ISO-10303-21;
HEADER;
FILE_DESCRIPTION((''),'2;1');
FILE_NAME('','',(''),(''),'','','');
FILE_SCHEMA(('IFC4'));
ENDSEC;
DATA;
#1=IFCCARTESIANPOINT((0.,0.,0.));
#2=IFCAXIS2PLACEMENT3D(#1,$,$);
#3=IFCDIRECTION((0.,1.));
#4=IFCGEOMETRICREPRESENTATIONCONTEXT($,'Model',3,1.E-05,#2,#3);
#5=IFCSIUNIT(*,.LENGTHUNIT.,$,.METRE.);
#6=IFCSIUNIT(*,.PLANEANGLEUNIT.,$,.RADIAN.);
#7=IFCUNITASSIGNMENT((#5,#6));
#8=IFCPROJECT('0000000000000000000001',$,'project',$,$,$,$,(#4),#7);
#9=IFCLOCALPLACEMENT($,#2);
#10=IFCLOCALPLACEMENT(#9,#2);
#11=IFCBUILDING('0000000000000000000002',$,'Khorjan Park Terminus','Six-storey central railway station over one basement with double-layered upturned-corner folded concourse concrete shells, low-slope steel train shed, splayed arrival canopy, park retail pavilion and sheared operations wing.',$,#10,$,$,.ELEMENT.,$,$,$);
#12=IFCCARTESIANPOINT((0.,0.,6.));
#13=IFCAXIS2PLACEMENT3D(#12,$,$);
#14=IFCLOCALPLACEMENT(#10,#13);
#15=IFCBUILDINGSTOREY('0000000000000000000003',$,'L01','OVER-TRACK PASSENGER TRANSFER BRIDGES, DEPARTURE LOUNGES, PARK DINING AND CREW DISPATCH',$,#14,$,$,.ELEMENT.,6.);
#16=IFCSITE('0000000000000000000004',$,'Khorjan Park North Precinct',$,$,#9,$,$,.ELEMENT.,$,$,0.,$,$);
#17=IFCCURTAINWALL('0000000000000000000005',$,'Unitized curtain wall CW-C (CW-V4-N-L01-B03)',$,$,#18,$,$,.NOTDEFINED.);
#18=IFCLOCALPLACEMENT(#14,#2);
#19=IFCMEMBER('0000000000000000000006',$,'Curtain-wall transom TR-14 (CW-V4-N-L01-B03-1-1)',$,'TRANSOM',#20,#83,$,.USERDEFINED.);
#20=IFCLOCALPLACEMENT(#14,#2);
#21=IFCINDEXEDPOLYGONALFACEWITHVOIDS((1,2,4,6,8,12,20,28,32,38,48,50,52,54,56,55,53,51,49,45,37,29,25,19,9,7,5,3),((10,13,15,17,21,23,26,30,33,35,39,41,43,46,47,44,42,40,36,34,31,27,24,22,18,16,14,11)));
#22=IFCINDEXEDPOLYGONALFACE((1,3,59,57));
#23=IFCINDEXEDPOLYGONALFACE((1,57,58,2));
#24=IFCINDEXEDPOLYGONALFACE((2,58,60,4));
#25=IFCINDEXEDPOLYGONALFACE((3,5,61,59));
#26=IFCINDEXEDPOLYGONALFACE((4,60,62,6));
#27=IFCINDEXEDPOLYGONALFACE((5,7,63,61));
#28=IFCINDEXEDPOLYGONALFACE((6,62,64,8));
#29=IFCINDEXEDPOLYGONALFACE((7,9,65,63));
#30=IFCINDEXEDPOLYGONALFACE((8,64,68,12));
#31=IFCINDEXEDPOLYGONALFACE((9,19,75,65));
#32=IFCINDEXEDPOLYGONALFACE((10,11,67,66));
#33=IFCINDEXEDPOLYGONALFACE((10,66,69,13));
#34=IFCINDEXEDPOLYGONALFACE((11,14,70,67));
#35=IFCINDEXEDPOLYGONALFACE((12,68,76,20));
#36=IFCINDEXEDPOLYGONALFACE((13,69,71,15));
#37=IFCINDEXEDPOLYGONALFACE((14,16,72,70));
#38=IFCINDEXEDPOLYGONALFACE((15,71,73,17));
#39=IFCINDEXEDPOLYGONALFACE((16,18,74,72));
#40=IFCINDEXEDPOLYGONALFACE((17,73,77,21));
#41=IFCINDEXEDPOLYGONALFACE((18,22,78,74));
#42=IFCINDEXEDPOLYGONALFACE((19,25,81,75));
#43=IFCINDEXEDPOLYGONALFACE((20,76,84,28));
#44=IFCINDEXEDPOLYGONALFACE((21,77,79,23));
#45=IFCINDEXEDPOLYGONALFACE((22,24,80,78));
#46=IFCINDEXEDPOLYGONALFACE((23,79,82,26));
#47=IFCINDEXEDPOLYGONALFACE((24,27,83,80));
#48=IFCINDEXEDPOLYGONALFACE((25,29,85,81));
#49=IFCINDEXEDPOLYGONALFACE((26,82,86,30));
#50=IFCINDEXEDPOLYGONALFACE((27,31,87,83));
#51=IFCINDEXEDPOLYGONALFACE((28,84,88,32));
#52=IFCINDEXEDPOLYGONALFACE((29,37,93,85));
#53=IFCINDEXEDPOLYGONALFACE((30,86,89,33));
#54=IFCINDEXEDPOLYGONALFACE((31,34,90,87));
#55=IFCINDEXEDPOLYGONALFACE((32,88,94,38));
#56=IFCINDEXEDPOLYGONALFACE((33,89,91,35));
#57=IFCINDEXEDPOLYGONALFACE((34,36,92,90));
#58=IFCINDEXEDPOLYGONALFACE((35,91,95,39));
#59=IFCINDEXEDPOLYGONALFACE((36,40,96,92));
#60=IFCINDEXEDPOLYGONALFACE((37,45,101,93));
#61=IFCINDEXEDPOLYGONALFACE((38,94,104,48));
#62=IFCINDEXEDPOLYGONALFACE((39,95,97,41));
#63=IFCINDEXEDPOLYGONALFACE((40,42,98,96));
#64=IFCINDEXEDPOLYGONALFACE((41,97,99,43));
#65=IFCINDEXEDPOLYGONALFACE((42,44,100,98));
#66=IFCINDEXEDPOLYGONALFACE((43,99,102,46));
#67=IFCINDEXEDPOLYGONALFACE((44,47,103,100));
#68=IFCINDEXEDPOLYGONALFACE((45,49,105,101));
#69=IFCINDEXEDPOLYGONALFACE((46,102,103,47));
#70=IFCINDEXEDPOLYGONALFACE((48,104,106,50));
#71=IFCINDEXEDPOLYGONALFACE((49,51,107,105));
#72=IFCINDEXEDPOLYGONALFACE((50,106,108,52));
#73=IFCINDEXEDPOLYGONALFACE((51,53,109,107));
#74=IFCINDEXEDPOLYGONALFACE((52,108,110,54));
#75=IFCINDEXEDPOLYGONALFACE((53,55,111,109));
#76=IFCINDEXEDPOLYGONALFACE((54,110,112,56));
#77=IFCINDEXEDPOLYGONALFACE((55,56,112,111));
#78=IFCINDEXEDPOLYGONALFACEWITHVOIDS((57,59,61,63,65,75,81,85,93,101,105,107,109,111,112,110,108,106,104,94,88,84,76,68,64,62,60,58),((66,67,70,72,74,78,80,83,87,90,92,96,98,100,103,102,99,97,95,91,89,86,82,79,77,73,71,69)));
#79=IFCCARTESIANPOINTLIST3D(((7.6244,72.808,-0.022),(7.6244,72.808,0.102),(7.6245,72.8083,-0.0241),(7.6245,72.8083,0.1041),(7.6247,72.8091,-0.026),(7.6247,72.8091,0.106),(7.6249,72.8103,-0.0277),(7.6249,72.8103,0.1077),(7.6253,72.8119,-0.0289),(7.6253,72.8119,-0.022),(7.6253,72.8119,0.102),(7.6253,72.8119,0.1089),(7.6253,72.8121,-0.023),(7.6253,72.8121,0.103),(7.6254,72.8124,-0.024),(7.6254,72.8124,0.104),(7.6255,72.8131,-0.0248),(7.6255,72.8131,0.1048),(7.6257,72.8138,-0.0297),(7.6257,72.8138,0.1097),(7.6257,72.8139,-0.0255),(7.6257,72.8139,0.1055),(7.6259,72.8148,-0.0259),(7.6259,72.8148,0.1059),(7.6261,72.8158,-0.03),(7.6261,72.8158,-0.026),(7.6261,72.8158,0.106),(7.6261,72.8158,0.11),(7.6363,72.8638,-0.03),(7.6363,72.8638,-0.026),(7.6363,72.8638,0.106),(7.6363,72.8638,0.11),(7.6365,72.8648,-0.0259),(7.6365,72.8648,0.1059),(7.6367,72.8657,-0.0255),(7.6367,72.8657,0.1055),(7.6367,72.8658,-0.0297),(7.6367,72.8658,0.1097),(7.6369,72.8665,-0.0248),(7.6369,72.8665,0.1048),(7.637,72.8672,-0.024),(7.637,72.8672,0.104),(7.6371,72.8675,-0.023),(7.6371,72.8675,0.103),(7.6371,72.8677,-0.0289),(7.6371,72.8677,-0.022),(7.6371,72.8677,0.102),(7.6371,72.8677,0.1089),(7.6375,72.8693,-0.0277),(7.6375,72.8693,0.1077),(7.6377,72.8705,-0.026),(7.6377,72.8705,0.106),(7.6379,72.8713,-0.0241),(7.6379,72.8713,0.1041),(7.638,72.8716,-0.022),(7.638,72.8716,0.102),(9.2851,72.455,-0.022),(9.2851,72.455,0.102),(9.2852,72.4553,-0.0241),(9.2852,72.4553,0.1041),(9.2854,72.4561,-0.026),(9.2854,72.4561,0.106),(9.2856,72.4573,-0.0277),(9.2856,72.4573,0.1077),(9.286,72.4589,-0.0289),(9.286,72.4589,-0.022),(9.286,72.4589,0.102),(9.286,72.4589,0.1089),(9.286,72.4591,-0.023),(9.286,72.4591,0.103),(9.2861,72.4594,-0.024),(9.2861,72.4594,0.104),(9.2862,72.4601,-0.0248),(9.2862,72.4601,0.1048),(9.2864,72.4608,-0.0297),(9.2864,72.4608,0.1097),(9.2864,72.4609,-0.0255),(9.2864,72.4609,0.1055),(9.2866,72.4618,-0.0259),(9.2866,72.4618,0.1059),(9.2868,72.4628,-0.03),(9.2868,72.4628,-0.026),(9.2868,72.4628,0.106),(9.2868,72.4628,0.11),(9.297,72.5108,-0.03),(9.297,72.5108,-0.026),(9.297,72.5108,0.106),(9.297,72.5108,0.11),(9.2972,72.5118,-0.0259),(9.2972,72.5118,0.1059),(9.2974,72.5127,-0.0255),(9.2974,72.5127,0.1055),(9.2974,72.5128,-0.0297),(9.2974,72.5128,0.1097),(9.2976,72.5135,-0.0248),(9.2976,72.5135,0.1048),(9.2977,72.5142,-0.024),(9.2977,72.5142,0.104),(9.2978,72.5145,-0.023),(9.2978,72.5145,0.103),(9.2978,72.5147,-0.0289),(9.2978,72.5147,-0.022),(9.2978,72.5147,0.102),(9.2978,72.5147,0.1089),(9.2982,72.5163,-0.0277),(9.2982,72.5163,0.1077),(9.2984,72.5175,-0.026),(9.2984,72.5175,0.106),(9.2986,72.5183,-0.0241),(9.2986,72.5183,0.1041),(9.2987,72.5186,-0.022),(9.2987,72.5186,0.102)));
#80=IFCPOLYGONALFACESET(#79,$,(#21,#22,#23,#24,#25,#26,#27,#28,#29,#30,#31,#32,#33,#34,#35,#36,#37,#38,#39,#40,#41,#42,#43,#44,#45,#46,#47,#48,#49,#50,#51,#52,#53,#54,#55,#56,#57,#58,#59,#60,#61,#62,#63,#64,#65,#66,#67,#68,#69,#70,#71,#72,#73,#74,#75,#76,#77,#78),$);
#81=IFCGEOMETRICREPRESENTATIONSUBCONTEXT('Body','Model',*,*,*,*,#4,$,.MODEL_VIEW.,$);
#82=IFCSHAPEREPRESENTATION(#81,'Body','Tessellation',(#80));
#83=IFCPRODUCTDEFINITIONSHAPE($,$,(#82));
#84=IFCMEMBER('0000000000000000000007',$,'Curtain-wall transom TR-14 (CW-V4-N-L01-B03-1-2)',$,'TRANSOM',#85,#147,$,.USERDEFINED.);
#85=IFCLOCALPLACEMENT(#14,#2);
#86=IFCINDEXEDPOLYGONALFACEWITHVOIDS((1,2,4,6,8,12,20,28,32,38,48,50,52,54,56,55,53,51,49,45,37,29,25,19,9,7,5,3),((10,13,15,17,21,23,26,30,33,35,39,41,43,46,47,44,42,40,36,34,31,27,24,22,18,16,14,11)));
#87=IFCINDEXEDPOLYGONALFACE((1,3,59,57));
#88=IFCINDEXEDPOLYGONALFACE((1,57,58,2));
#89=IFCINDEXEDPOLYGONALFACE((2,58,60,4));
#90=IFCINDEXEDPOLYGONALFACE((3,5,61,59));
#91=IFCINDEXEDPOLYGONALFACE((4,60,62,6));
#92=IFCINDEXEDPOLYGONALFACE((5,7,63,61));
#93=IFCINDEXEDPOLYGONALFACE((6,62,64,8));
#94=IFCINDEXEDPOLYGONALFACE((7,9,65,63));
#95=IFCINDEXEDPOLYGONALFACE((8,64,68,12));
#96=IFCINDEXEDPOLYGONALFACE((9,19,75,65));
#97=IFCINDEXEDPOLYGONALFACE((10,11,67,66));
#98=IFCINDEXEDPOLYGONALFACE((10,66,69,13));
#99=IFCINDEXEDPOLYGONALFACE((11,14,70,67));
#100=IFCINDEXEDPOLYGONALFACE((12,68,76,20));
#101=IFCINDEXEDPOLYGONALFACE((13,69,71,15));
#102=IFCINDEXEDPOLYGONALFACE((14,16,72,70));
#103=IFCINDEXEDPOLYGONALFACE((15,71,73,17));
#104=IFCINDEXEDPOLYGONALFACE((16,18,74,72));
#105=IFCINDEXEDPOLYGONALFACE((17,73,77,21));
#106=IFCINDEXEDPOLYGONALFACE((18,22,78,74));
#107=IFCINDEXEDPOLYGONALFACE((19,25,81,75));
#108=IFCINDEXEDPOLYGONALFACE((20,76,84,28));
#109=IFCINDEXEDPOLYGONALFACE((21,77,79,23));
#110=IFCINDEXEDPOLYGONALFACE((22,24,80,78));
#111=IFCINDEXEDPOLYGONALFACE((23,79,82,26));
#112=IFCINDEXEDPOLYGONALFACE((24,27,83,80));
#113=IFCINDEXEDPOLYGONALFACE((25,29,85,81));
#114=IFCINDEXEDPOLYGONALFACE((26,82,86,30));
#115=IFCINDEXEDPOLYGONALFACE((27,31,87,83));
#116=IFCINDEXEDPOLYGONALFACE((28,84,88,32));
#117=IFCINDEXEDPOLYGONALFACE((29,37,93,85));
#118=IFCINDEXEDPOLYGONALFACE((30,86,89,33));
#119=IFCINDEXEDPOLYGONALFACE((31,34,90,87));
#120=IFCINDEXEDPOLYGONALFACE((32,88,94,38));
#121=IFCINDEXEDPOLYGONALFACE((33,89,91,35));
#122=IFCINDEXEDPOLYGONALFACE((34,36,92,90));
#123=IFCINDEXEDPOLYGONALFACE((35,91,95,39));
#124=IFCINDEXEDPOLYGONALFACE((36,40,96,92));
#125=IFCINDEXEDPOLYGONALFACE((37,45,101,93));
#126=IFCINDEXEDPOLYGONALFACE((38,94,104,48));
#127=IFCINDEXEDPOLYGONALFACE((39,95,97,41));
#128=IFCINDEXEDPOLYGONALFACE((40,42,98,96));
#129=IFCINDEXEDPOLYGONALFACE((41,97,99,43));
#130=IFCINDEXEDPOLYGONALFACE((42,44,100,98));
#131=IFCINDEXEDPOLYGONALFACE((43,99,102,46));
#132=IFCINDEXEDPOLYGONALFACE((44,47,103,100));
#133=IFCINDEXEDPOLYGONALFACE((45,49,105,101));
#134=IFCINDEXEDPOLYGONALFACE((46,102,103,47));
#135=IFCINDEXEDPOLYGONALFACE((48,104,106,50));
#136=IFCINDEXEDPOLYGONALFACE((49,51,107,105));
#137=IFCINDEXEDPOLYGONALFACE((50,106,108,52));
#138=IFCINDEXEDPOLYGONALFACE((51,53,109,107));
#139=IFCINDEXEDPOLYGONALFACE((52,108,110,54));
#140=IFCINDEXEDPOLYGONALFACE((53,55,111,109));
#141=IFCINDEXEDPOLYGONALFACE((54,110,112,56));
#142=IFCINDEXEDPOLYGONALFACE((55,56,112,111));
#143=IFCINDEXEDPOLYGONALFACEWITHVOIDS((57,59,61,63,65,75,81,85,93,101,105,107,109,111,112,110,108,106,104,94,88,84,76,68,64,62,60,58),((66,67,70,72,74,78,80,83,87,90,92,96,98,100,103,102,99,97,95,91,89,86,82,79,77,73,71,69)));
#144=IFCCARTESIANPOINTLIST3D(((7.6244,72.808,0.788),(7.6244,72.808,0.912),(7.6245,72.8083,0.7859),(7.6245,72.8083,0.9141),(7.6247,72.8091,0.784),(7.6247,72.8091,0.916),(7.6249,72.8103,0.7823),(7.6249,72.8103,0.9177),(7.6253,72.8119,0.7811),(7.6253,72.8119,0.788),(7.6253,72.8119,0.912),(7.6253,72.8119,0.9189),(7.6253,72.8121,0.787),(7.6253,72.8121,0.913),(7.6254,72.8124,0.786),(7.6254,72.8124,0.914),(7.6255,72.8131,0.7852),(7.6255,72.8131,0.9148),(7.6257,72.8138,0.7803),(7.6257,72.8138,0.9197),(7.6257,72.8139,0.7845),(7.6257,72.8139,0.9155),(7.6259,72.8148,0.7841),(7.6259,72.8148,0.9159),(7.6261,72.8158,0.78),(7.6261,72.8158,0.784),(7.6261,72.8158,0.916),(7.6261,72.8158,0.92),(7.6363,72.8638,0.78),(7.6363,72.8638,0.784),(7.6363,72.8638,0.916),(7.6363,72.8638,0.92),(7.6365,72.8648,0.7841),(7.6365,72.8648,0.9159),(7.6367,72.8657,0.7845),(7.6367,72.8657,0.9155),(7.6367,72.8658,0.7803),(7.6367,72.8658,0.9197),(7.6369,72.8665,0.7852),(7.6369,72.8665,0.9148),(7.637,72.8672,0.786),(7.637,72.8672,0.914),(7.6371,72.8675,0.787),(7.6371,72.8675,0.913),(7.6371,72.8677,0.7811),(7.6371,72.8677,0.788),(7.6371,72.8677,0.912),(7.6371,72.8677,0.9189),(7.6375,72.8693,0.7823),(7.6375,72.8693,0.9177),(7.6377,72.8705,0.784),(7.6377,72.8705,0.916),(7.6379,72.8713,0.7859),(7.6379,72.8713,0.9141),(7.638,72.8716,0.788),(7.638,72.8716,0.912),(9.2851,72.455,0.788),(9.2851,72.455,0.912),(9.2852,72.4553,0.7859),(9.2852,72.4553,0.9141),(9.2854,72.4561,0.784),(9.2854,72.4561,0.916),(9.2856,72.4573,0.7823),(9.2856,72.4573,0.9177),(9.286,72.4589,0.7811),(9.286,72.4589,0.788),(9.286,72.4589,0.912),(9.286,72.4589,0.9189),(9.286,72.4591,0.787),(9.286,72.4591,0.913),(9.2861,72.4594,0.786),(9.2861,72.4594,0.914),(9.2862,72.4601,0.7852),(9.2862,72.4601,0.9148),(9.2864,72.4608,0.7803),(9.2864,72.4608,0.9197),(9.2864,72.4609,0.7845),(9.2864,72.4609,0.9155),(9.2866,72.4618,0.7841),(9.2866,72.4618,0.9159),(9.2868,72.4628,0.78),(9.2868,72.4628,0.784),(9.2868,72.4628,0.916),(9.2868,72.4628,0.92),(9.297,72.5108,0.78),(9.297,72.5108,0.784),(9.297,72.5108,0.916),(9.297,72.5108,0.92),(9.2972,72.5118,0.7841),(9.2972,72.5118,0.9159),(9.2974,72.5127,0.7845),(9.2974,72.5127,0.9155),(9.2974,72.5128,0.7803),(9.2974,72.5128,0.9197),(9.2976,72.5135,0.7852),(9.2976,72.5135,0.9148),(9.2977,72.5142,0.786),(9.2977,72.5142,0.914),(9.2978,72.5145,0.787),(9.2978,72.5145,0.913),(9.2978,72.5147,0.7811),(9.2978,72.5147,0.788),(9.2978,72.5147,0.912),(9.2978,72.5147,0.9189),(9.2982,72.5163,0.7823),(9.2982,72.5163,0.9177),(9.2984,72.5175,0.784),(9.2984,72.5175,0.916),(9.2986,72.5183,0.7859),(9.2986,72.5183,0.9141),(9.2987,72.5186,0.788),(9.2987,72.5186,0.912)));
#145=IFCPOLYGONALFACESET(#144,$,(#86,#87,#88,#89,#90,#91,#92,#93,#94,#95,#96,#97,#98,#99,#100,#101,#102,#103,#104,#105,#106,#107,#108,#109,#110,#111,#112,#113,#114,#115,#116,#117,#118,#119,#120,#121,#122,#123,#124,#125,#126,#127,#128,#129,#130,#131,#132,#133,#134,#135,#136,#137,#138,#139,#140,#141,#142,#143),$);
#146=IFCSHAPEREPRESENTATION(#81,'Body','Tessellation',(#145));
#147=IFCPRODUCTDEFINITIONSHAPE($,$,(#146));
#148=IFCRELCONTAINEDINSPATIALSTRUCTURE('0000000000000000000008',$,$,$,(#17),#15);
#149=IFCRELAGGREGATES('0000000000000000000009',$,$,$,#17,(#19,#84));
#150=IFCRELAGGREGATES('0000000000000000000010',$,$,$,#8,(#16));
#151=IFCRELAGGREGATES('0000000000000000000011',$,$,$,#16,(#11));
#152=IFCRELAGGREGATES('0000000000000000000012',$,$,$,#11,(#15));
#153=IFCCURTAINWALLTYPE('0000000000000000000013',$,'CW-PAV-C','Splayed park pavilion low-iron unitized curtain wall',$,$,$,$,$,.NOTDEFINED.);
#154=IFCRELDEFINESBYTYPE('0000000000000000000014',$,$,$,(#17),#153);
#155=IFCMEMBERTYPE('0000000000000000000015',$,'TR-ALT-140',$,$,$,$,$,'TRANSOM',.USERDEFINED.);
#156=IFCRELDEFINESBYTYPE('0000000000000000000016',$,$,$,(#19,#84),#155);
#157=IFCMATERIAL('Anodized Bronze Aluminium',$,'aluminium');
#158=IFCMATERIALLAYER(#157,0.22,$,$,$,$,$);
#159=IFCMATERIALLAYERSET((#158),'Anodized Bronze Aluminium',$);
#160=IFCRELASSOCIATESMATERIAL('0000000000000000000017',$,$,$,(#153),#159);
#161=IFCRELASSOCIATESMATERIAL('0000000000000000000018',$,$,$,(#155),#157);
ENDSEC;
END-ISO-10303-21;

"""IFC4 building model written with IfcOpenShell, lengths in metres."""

from ifc_helpers import new_model, si_unit, direction, frame, origin, origin_2d, place, context, subcontext, project, spatial, hollow_rectangle, extrude, material, layer, layer_set, material_profile, profile_set, type_object, element, aggregate, save


model = new_model("IFC4")

# Units and contexts
model_context = context("Model", 3, precision=1e-05, world=origin(), true_north=direction((0.0, 1.0)))
body_context = subcontext(model_context, "Body", "Model", "MODEL_VIEW")
ifc_project = project(units=[si_unit("LENGTHUNIT", "METRE"), si_unit("PLANEANGLEUNIT", "RADIAN")], contexts=[model_context])

# Site, building, storey
site_placement = place(None, origin())
site = spatial("IfcSite", under=ifc_project, at=site_placement, Name="Khorjan Park North Precinct", CompositionType="ELEMENT", RefElevation=0.0)
building_placement = place(site_placement, origin())
building = spatial("IfcBuilding", under=site, at=building_placement, Name="Khorjan Park Terminus", Description="Six-storey central railway station over one basement with double-layered upturned-corner folded concourse concrete shells, low-slope steel train shed, splayed arrival canopy, park retail pavilion and sheared operations wing.", CompositionType="ELEMENT")
storey_placement = place(building_placement, frame((0.0, 0.0, 6.0)))
storey = spatial("IfcBuildingStorey", under=building, at=storey_placement, Name="L01", Description="OVER-TRACK PASSENGER TRANSFER BRIDGES, DEPARTURE LOUNGES, PARK DINING AND CREW DISPATCH", CompositionType="ELEMENT", Elevation=6.0)

# Curtain wall
ifc_material_1 = material(Name="Anodized Bronze Aluminium", Category="aluminium")
ifc_layer_1 = layer(ifc_material_1, 0.22)
ifc_layer_set_1 = layer_set([ifc_layer_1], Name="Anodized Bronze Aluminium")
curtain_wall_type = type_object("IfcCurtainWallType", Name="CW-PAV-C", Description="Splayed park pavilion low-iron unitized curtain wall", PredefinedType="NOTDEFINED", material=ifc_layer_set_1)
curtain_wall_1_placement = place(storey_placement, origin())
curtain_wall_1 = element("IfcCurtainWall", 1, at=curtain_wall_1_placement, inside=storey, type_object=curtain_wall_type, Name="Unitized curtain wall CW-C (CW-V4-N-L01-B03)", PredefinedType="NOTDEFINED")

# Members
ifc_material_profile_1 = material_profile(ifc_material_1, hollow_rectangle(XDim=0.065, YDim=0.14, WallThickness=0.004, InnerFilletRadius=0.004, OuterFilletRadius=0.008, at=origin_2d()), Name="ALT 65x140x4")
ifc_profile_set_1 = profile_set([ifc_material_profile_1], Name="Anodized Bronze Aluminium")
member_type_1 = type_object("IfcMemberType", Name="TR-ALT-140", ElementType="TRANSOM", PredefinedType="USERDEFINED", material=ifc_profile_set_1)
member_1_placement = place(storey_placement, frame((9.2919, 72.4868, 0.04), z_axis=(-0.978147, 0.207916, 0.0), x_axis=(-0.207916, -0.978147, 0.0)))
member_1 = element("IfcMember", 2, at=member_1_placement, type_object=member_type_1, Name="Curtain-wall transom TR-14 (CW-V4-N-L01-B03-1-1)", ObjectType="TRANSOM", PredefinedType="USERDEFINED", context=body_context, shape_type="SweptSolid", body=[
    extrude(hollow_rectangle(XDim=0.065, YDim=0.14, WallThickness=0.004, InnerFilletRadius=0.004, OuterFilletRadius=0.008, at=origin_2d()), origin(), (0.0, 0.0, 1.0), 1.6978),
])
member_2_placement = place(storey_placement, frame((9.2919, 72.4868, 0.85), z_axis=(-0.978147, 0.207916, 0.0), x_axis=(-0.207916, -0.978147, 0.0)))
member_2 = element("IfcMember", 3, at=member_2_placement, type_object=member_type_1, Name="Curtain-wall transom TR-14 (CW-V4-N-L01-B03-1-2)", ObjectType="TRANSOM", PredefinedType="USERDEFINED", context=body_context, shape_type="SweptSolid", body=[
    extrude(hollow_rectangle(XDim=0.065, YDim=0.14, WallThickness=0.004, InnerFilletRadius=0.004, OuterFilletRadius=0.008, at=origin_2d()), origin(), (0.0, 0.0, 1.0), 1.6978),
])

aggregate(curtain_wall_1, [member_1, member_2])

save(model, "model.ifc")
